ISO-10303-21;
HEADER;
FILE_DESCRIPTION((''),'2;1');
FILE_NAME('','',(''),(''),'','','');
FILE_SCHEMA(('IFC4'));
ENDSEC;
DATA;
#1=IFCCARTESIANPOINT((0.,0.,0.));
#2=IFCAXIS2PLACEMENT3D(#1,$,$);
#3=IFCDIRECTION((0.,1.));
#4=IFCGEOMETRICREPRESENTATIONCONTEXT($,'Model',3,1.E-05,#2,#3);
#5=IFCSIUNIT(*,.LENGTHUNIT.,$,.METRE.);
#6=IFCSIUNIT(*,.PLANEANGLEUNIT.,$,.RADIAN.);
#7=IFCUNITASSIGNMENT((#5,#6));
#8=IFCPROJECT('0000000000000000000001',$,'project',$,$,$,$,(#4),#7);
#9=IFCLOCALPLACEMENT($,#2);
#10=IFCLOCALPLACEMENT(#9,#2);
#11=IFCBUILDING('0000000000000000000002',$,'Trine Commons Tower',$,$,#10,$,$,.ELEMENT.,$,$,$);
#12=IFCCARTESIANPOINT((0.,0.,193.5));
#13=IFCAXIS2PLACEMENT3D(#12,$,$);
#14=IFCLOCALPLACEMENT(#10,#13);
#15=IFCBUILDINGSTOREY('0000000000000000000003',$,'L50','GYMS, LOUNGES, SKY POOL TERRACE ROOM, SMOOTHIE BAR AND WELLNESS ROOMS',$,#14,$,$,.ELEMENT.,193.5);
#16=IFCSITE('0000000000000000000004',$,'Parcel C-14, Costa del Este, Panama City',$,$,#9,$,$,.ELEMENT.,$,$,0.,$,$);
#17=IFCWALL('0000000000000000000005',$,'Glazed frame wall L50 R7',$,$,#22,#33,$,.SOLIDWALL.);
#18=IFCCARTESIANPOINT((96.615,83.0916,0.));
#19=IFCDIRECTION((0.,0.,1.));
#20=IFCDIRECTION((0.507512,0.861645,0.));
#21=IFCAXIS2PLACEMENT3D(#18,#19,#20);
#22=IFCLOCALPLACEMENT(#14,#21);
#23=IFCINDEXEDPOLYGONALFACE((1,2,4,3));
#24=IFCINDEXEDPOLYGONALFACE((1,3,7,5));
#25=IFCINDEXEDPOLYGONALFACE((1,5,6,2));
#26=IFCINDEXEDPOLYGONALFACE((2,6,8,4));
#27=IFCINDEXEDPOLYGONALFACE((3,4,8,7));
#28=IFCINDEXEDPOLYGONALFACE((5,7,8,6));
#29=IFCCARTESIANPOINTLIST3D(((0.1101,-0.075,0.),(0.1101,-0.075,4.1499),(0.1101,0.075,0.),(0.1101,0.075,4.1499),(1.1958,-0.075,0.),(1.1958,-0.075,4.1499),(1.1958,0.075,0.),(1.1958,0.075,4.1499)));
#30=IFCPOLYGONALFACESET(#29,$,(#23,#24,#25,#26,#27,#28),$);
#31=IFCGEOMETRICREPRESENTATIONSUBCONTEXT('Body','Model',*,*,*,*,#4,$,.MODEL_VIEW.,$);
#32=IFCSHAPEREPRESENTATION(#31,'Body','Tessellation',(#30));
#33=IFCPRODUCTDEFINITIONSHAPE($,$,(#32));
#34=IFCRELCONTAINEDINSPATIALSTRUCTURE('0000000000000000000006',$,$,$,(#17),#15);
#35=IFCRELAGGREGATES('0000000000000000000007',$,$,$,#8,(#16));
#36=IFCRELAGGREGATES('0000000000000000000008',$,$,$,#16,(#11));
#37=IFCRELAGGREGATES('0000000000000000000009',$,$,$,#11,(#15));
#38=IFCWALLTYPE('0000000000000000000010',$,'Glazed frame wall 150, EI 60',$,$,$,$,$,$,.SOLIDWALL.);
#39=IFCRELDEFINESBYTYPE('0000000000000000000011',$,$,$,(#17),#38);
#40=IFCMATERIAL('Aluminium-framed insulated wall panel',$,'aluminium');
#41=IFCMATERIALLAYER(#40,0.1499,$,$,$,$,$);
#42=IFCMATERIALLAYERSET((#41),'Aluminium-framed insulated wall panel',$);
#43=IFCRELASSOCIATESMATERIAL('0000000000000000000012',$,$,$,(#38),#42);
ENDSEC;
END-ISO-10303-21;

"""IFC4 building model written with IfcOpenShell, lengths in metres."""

from ifc_helpers import new_model, si_unit, direction, frame, origin, place, context, subcontext, project, spatial, polyline, outline, extrude, material, layer, layer_set, type_object, element, save


model = new_model("IFC4")

# Units and contexts
model_context = context("Model", 3, precision=1e-05, world=origin(), true_north=direction((0.0, 1.0)))
body_context = subcontext(model_context, "Body", "Model", "MODEL_VIEW")
ifc_project = project(units=[si_unit("LENGTHUNIT", "METRE"), si_unit("PLANEANGLEUNIT", "RADIAN")], contexts=[model_context])

# Site, building, storey
site_placement = place(None, origin())
site = spatial("IfcSite", under=ifc_project, at=site_placement, Name="Parcel C-14, Costa del Este, Panama City", CompositionType="ELEMENT", RefElevation=0.0)
building_placement = place(site_placement, origin())
building = spatial("IfcBuilding", under=site, at=building_placement, Name="Trine Commons Tower", CompositionType="ELEMENT")
storey_placement = place(building_placement, frame((0.0, 0.0, 193.5)))
storey = spatial("IfcBuildingStorey", under=building, at=storey_placement, Name="L50", Description="GYMS, LOUNGES, SKY POOL TERRACE ROOM, SMOOTHIE BAR AND WELLNESS ROOMS", CompositionType="ELEMENT", Elevation=193.5)

# Wall
ifc_material_1 = material(Name="Aluminium-framed insulated wall panel", Category="aluminium")
ifc_layer_1 = layer(ifc_material_1, 0.1499)
ifc_layer_set_1 = layer_set([ifc_layer_1], Name="Aluminium-framed insulated wall panel")
wall_type_1 = type_object("IfcWallType", Name="Glazed frame wall 150, EI 60", PredefinedType="SOLIDWALL", material=ifc_layer_set_1)
wall_1_placement = place(storey_placement, frame((96.615, 83.0916, 0.0), z_axis=(0.0, 0.0, 1.0), x_axis=(0.507512, 0.861645, 0.0)))
element("IfcWall", 1, at=wall_1_placement, inside=storey, type_object=wall_type_1, Name="Glazed frame wall L50 R7", PredefinedType="SOLIDWALL", context=body_context, shape_type="SweptSolid", body=[
    extrude(outline(polyline([(0.1101, 0.075), (0.1101, -0.075), (1.1958, -0.075), (1.1958, 0.075), (0.1101, 0.075)])), origin(), (0.0, 0.0, 1.0), 4.1499),
])

save(model, "model.ifc")
